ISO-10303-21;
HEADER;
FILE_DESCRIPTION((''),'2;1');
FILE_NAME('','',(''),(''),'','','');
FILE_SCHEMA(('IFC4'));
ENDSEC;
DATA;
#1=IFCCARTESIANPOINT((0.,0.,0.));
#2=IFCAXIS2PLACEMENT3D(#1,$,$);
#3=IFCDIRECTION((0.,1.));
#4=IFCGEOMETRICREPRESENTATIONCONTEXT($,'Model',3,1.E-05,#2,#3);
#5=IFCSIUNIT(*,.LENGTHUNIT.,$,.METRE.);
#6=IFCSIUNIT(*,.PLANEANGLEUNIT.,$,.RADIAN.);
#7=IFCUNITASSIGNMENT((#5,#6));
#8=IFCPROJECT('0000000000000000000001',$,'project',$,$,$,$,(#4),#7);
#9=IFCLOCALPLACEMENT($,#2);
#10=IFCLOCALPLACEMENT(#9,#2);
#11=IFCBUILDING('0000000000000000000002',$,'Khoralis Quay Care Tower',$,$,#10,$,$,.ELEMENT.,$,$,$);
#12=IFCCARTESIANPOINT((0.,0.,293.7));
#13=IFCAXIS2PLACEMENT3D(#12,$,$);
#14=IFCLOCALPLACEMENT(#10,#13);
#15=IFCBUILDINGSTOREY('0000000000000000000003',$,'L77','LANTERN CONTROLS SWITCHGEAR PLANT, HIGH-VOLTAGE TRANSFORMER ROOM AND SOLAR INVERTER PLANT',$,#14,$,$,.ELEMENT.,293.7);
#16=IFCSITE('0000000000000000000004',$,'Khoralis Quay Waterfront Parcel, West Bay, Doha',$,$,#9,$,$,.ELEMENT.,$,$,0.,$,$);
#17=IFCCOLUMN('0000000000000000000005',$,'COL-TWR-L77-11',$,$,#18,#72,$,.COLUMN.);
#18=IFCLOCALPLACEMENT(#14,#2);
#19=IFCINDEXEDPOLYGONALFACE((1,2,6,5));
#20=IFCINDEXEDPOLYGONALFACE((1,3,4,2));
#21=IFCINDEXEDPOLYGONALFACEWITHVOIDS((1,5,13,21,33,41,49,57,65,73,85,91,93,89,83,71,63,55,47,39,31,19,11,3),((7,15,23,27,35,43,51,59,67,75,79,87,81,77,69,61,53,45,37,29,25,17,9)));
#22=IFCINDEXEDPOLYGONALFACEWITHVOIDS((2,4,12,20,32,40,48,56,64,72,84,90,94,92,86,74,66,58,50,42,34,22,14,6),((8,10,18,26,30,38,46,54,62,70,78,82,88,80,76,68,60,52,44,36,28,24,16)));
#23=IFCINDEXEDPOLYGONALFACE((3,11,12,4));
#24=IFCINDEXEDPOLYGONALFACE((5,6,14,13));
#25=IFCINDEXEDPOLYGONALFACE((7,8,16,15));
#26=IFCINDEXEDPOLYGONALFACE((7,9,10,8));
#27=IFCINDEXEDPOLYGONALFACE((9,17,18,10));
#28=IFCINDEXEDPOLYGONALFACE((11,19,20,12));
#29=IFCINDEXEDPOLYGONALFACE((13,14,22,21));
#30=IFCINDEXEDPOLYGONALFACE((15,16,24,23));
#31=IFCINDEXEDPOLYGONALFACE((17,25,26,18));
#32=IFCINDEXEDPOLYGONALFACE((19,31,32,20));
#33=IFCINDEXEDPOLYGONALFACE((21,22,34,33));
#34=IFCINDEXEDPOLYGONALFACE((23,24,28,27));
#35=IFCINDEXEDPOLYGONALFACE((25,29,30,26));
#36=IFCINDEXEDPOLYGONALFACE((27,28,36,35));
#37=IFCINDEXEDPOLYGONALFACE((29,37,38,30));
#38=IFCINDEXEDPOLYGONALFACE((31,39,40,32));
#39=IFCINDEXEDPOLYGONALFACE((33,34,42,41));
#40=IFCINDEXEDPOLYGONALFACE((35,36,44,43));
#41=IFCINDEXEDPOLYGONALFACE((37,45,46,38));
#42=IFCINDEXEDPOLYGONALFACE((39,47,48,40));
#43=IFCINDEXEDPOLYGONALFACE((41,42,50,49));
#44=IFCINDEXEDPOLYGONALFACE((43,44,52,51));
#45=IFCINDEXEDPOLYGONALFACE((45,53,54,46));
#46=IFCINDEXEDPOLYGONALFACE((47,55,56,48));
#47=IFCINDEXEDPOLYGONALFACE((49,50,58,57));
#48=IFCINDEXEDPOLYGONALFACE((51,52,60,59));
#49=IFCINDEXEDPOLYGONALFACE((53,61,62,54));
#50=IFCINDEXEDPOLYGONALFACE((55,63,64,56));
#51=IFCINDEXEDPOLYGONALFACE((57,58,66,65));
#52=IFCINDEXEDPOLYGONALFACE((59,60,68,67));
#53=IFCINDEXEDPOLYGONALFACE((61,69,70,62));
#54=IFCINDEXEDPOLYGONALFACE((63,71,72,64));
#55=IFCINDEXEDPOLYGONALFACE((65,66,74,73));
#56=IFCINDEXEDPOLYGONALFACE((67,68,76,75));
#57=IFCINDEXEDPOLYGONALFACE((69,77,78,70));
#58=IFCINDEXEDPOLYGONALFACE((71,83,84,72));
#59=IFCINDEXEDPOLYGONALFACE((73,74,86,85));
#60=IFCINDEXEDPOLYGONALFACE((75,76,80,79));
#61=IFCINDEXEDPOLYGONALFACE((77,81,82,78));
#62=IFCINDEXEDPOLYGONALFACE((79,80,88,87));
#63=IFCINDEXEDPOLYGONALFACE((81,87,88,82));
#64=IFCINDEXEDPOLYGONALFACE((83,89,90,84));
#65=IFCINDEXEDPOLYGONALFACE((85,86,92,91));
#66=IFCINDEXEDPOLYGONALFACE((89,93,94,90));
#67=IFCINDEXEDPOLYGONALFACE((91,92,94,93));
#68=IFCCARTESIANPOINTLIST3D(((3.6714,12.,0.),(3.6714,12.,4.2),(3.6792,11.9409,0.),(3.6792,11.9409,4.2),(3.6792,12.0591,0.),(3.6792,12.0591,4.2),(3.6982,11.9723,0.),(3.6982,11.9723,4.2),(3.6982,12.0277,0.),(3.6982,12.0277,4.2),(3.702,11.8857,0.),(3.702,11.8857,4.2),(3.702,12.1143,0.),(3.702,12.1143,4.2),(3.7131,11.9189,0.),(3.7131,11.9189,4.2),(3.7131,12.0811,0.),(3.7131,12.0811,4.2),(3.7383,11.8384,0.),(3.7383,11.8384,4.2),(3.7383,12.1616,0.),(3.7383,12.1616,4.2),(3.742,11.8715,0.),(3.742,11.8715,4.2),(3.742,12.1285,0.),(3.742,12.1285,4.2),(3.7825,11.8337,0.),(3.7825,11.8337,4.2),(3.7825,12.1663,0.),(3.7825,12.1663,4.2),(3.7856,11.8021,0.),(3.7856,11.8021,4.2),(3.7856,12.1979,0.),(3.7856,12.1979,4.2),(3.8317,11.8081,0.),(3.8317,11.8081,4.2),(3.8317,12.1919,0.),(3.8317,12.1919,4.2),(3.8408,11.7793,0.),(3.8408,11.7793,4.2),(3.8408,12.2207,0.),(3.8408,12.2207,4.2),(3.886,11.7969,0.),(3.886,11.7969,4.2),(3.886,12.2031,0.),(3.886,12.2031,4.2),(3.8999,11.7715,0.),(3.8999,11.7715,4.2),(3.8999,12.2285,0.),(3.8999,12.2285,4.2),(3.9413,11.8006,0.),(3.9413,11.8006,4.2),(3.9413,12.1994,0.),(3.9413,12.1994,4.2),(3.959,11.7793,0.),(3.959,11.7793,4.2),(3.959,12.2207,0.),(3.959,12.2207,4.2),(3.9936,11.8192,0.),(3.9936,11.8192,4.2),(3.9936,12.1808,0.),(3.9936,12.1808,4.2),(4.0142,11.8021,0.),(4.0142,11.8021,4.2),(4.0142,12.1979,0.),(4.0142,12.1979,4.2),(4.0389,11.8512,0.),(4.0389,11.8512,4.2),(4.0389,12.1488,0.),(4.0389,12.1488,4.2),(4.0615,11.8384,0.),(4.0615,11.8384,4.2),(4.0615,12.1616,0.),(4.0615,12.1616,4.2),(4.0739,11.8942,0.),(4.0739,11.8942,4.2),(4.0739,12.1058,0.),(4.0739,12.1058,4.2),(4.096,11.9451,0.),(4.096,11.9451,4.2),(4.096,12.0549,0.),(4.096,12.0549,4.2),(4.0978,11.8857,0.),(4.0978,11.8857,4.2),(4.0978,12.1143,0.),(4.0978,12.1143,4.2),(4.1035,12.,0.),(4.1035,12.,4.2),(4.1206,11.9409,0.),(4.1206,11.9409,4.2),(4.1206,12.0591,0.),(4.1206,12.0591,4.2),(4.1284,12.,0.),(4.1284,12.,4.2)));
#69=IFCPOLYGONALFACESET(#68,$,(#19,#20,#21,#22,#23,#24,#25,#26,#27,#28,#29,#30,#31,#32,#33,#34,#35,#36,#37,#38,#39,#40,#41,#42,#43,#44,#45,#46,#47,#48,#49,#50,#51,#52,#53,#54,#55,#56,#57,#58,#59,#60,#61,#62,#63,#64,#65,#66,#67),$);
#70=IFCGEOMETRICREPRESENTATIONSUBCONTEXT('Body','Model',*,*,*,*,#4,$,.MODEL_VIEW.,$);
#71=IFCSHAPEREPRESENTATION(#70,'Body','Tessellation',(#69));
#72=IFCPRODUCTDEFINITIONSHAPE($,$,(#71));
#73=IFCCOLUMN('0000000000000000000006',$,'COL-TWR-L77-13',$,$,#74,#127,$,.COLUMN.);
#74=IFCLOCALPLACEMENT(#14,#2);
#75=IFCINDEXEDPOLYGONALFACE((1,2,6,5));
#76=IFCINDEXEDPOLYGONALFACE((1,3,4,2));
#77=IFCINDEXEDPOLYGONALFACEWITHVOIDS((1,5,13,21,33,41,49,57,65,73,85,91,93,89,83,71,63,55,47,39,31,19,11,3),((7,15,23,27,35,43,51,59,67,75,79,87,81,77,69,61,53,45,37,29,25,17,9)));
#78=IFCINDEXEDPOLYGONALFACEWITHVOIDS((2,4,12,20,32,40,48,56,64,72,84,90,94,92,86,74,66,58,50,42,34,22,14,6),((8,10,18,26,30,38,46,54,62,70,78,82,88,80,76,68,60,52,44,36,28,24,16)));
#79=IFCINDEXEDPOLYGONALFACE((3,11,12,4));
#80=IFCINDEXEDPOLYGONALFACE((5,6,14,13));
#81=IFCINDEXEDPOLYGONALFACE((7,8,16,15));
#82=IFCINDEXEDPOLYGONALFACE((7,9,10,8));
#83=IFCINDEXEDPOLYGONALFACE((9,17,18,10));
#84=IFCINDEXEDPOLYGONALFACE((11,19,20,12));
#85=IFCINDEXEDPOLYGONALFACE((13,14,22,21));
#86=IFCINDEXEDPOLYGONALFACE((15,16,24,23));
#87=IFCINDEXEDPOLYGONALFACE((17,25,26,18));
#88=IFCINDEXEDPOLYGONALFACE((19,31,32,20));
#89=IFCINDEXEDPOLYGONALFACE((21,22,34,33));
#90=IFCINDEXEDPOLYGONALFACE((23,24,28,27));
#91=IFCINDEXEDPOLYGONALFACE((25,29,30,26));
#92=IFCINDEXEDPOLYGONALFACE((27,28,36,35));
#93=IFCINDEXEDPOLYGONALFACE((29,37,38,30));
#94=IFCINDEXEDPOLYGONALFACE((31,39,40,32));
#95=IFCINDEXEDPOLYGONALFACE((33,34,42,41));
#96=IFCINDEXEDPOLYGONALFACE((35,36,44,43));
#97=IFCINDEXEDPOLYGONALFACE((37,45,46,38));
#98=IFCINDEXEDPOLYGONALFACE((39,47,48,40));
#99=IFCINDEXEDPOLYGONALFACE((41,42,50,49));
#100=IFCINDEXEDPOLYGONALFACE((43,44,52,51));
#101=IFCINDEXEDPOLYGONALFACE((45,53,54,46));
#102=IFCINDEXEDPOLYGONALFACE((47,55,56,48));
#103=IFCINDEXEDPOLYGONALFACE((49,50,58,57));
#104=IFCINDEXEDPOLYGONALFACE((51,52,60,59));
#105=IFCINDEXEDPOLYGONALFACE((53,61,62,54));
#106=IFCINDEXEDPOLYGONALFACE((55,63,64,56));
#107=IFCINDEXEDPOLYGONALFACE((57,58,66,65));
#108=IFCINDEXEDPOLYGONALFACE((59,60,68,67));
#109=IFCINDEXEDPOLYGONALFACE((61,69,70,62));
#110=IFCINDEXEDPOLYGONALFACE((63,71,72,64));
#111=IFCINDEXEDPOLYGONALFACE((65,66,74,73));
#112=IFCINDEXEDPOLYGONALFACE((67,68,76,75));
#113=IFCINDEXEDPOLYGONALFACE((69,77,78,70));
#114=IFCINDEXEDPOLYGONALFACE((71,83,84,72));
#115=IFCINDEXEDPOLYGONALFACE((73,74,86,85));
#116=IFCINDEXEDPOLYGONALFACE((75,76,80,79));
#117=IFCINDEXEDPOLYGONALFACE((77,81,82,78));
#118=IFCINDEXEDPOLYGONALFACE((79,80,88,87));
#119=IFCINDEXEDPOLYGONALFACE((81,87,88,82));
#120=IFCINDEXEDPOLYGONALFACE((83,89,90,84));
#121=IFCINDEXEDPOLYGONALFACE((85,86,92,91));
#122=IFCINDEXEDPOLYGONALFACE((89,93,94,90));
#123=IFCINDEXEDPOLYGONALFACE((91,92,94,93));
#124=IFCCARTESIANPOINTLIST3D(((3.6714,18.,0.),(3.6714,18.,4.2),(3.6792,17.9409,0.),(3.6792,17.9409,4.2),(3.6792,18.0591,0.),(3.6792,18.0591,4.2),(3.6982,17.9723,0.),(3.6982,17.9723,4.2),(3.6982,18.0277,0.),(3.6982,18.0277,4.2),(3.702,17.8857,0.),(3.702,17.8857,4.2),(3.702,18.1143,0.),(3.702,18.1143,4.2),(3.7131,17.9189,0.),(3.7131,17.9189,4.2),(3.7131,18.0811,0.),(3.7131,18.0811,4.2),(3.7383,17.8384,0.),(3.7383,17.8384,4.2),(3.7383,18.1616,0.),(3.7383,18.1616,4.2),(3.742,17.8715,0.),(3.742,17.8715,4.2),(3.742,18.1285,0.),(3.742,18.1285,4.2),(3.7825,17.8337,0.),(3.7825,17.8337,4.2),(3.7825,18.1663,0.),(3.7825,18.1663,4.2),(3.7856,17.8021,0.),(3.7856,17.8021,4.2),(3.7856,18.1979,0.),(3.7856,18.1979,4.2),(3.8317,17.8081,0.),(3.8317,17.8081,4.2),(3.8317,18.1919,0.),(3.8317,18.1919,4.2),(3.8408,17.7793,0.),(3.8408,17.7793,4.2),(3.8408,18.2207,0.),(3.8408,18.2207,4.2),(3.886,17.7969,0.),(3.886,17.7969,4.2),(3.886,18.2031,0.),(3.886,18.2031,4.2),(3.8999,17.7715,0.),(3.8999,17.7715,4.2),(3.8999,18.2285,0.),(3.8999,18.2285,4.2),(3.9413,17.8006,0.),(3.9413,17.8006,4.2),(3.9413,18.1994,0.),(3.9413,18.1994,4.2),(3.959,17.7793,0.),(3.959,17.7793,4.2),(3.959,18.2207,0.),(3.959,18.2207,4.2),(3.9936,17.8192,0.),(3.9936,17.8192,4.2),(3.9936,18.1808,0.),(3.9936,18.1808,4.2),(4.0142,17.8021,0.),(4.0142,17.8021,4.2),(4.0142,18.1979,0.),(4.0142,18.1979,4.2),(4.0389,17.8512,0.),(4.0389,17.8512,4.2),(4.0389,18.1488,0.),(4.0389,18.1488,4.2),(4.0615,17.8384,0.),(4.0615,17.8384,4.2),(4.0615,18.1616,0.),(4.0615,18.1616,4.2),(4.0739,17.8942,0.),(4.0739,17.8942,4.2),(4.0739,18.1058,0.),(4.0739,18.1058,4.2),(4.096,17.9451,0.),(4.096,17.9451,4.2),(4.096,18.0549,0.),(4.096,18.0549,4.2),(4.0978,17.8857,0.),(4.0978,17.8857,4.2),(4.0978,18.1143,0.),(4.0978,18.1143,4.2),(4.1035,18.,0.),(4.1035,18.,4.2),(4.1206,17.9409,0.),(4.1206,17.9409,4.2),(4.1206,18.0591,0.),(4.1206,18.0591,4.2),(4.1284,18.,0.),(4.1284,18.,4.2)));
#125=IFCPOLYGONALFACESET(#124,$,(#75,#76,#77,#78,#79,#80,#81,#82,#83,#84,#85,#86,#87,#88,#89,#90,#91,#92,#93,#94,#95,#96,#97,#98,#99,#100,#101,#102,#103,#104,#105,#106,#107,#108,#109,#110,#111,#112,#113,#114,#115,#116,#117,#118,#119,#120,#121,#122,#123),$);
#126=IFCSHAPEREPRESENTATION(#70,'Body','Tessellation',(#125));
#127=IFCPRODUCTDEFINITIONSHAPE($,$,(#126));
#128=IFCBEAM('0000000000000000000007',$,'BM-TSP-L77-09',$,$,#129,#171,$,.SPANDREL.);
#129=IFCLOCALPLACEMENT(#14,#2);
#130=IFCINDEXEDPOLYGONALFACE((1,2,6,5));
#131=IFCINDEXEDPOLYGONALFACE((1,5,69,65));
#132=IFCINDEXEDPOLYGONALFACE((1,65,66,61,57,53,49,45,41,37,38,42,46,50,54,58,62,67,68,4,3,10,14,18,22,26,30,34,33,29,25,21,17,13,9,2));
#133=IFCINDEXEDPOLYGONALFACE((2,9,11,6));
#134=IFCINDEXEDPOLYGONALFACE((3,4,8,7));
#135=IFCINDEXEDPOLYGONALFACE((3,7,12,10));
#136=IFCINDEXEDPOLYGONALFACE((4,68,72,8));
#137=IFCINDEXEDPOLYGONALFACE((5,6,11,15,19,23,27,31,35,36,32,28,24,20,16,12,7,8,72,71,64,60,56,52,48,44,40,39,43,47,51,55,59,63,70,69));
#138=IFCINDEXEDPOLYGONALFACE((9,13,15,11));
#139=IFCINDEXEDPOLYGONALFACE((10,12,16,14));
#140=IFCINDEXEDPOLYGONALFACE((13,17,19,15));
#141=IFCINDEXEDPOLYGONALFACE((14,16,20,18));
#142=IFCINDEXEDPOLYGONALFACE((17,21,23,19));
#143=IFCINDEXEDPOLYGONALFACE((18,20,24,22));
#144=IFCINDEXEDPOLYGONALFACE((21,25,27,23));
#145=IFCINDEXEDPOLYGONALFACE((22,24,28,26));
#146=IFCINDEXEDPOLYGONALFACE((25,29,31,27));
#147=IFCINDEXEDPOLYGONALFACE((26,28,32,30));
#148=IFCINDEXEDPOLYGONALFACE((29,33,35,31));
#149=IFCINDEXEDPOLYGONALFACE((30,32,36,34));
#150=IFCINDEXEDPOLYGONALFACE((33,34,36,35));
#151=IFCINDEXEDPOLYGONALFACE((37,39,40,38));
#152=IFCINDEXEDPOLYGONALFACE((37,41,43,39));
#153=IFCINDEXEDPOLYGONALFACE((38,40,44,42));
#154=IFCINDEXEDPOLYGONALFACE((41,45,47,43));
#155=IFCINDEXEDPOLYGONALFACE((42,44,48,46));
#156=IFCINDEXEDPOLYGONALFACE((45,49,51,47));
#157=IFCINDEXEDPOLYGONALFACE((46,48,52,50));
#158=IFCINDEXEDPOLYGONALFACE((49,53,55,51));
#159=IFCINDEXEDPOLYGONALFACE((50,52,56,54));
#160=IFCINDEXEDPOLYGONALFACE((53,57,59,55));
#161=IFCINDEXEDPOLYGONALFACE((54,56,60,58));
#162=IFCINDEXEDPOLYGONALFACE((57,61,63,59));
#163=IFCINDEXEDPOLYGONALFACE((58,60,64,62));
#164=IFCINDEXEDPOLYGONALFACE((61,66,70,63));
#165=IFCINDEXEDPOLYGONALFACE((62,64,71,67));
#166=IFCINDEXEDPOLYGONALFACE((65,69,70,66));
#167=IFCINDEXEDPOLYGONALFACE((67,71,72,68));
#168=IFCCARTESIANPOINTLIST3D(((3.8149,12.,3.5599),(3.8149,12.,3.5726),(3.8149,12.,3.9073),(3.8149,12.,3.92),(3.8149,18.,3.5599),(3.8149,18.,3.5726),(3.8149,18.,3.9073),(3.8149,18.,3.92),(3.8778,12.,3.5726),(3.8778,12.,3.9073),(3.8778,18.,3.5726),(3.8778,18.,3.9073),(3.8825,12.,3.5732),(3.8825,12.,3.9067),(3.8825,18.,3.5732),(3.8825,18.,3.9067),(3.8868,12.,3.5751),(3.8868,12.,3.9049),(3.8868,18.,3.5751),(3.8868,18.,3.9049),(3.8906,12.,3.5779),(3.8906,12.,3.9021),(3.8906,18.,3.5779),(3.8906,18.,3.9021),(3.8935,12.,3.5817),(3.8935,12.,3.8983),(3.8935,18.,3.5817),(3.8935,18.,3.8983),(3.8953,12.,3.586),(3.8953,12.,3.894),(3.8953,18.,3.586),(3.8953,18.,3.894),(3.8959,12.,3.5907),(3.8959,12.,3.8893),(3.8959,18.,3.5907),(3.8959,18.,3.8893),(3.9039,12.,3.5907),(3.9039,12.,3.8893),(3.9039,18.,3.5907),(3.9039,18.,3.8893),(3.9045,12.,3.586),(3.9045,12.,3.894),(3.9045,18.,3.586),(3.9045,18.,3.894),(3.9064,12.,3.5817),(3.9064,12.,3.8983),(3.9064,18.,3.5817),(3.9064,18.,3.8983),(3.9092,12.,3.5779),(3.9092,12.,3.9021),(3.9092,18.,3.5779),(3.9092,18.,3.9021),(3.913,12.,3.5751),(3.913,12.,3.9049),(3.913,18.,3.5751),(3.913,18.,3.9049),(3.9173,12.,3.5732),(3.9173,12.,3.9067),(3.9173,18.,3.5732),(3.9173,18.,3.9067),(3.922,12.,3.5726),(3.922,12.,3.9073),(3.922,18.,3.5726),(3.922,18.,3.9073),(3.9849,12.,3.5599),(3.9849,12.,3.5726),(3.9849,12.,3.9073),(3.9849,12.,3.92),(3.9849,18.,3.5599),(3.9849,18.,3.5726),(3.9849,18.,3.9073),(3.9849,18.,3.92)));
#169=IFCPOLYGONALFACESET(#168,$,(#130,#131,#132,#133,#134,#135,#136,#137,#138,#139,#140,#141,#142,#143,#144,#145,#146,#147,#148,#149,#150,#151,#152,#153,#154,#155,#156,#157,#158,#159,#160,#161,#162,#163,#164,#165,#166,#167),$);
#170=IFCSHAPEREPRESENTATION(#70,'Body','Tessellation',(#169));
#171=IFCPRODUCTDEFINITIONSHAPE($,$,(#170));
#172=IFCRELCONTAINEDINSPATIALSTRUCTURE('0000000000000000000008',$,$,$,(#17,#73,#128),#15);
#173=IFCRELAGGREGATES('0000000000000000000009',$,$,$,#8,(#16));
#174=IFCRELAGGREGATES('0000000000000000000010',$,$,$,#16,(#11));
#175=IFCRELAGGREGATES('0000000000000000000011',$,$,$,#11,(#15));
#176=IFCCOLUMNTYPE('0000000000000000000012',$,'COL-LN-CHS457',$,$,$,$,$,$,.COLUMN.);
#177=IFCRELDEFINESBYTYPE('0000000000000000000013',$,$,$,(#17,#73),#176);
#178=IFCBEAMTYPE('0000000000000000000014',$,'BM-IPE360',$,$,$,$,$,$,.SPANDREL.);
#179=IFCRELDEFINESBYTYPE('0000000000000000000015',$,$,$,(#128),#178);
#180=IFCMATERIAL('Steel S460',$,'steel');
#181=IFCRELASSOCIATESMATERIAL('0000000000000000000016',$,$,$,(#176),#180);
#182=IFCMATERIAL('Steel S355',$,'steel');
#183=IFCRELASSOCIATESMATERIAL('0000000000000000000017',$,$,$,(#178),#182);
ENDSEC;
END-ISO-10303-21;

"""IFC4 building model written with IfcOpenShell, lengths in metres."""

from ifc_helpers import new_model, si_unit, direction, frame, origin, origin_2d, place, context, subcontext, project, spatial, hollow_circle, i_section, extrude, source, transform, mapped, material, material_profile, profile_set, type_object, element, save


model = new_model("IFC4")

# Units and contexts
model_context = context("Model", 3, precision=1e-05, world=origin(), true_north=direction((0.0, 1.0)))
body_context = subcontext(model_context, "Body", "Model", "MODEL_VIEW")
ifc_project = project(units=[si_unit("LENGTHUNIT", "METRE"), si_unit("PLANEANGLEUNIT", "RADIAN")], contexts=[model_context])

# Site, building, storey
site_placement = place(None, origin())
site = spatial("IfcSite", under=ifc_project, at=site_placement, Name="Khoralis Quay Waterfront Parcel, West Bay, Doha", CompositionType="ELEMENT", RefElevation=0.0)
building_placement = place(site_placement, origin())
building = spatial("IfcBuilding", under=site, at=building_placement, Name="Khoralis Quay Care Tower", CompositionType="ELEMENT")
storey_placement = place(building_placement, frame((0.0, 0.0, 293.7)))
storey = spatial("IfcBuildingStorey", under=building, at=storey_placement, Name="L77", Description="LANTERN CONTROLS SWITCHGEAR PLANT, HIGH-VOLTAGE TRANSFORMER ROOM AND SOLAR INVERTER PLANT", CompositionType="ELEMENT", Elevation=293.7)

# Columns
ifc_material_1 = material(Name="Steel S460", Category="steel")
ifc_material_profile_1 = material_profile(ifc_material_1, hollow_circle(Radius=0.2285, WallThickness=0.0249, at=origin_2d()), Name="Steel S460")
ifc_profile_set_1 = profile_set([ifc_material_profile_1], Name="Steel S460")
column_type = type_object("IfcColumnType", Name="COL-LN-CHS457", PredefinedType="COLUMN", material=ifc_profile_set_1)
shared_shape_1 = source(origin(), body_context, "Body", "SweptSolid", [
    extrude(hollow_circle(Radius=0.2285, WallThickness=0.0249, at=origin_2d()), origin(), (0.0, 0.0, 1.0), 4.2),
])
for number, where, z_axis, x_axis, name in (
    (1, (3.8999, 12.0, 0.0), (0.0, 0.0, 1.0), (1.0, 0.0, 0.0), "COL-TWR-L77-11"),
    (2, (3.8999, 18.0, 0.0), (0.0, 0.0, 1.0), (1.0, 0.0, 0.0), "COL-TWR-L77-13"),
):
    element("IfcColumn", number, at=place(storey_placement, frame(where, z_axis=z_axis, x_axis=x_axis)), inside=storey, type_object=column_type, Name=name, PredefinedType="COLUMN", context=body_context, shape_type="MappedRepresentation", body=[
        mapped(shared_shape_1, transform((0.0, 0.0, 0.0), scale=1.0)),
    ])

# Beam
ifc_material_2 = material(Name="Steel S355", Category="steel")
ifc_material_profile_2 = material_profile(ifc_material_2, i_section(OverallWidth=0.1699, OverallDepth=0.3601, WebThickness=0.0081, FlangeThickness=0.0127, FilletRadius=0.0181, at=origin_2d()), Name="Steel S355")
ifc_profile_set_2 = profile_set([ifc_material_profile_2], Name="Steel S355")
beam_type_1 = type_object("IfcBeamType", Name="BM-IPE360", PredefinedType="SPANDREL", material=ifc_profile_set_2)
shared_shape_2 = source(origin(), body_context, "Body", "SweptSolid", [
    extrude(i_section(OverallWidth=0.1699, OverallDepth=0.3601, WebThickness=0.0081, FlangeThickness=0.0127, FilletRadius=0.0181, at=origin_2d()), origin(), (0.0, 0.0, 1.0), 6.0),
])
for number, where, z_axis, x_axis, name in (
    (3, (3.8999, 12.0, 3.74), (0.0, 1.0, 0.0), (-1.0, 0.0, 0.0), "BM-TSP-L77-09"),
):
    element("IfcBeam", number, at=place(storey_placement, frame(where, z_axis=z_axis, x_axis=x_axis)), inside=storey, type_object=beam_type_1, Name=name, PredefinedType="SPANDREL", context=body_context, shape_type="MappedRepresentation", body=[
        mapped(shared_shape_2, transform((0.0, 0.0, 0.0), scale=1.0)),
    ])

save(model, "model.ifc")
